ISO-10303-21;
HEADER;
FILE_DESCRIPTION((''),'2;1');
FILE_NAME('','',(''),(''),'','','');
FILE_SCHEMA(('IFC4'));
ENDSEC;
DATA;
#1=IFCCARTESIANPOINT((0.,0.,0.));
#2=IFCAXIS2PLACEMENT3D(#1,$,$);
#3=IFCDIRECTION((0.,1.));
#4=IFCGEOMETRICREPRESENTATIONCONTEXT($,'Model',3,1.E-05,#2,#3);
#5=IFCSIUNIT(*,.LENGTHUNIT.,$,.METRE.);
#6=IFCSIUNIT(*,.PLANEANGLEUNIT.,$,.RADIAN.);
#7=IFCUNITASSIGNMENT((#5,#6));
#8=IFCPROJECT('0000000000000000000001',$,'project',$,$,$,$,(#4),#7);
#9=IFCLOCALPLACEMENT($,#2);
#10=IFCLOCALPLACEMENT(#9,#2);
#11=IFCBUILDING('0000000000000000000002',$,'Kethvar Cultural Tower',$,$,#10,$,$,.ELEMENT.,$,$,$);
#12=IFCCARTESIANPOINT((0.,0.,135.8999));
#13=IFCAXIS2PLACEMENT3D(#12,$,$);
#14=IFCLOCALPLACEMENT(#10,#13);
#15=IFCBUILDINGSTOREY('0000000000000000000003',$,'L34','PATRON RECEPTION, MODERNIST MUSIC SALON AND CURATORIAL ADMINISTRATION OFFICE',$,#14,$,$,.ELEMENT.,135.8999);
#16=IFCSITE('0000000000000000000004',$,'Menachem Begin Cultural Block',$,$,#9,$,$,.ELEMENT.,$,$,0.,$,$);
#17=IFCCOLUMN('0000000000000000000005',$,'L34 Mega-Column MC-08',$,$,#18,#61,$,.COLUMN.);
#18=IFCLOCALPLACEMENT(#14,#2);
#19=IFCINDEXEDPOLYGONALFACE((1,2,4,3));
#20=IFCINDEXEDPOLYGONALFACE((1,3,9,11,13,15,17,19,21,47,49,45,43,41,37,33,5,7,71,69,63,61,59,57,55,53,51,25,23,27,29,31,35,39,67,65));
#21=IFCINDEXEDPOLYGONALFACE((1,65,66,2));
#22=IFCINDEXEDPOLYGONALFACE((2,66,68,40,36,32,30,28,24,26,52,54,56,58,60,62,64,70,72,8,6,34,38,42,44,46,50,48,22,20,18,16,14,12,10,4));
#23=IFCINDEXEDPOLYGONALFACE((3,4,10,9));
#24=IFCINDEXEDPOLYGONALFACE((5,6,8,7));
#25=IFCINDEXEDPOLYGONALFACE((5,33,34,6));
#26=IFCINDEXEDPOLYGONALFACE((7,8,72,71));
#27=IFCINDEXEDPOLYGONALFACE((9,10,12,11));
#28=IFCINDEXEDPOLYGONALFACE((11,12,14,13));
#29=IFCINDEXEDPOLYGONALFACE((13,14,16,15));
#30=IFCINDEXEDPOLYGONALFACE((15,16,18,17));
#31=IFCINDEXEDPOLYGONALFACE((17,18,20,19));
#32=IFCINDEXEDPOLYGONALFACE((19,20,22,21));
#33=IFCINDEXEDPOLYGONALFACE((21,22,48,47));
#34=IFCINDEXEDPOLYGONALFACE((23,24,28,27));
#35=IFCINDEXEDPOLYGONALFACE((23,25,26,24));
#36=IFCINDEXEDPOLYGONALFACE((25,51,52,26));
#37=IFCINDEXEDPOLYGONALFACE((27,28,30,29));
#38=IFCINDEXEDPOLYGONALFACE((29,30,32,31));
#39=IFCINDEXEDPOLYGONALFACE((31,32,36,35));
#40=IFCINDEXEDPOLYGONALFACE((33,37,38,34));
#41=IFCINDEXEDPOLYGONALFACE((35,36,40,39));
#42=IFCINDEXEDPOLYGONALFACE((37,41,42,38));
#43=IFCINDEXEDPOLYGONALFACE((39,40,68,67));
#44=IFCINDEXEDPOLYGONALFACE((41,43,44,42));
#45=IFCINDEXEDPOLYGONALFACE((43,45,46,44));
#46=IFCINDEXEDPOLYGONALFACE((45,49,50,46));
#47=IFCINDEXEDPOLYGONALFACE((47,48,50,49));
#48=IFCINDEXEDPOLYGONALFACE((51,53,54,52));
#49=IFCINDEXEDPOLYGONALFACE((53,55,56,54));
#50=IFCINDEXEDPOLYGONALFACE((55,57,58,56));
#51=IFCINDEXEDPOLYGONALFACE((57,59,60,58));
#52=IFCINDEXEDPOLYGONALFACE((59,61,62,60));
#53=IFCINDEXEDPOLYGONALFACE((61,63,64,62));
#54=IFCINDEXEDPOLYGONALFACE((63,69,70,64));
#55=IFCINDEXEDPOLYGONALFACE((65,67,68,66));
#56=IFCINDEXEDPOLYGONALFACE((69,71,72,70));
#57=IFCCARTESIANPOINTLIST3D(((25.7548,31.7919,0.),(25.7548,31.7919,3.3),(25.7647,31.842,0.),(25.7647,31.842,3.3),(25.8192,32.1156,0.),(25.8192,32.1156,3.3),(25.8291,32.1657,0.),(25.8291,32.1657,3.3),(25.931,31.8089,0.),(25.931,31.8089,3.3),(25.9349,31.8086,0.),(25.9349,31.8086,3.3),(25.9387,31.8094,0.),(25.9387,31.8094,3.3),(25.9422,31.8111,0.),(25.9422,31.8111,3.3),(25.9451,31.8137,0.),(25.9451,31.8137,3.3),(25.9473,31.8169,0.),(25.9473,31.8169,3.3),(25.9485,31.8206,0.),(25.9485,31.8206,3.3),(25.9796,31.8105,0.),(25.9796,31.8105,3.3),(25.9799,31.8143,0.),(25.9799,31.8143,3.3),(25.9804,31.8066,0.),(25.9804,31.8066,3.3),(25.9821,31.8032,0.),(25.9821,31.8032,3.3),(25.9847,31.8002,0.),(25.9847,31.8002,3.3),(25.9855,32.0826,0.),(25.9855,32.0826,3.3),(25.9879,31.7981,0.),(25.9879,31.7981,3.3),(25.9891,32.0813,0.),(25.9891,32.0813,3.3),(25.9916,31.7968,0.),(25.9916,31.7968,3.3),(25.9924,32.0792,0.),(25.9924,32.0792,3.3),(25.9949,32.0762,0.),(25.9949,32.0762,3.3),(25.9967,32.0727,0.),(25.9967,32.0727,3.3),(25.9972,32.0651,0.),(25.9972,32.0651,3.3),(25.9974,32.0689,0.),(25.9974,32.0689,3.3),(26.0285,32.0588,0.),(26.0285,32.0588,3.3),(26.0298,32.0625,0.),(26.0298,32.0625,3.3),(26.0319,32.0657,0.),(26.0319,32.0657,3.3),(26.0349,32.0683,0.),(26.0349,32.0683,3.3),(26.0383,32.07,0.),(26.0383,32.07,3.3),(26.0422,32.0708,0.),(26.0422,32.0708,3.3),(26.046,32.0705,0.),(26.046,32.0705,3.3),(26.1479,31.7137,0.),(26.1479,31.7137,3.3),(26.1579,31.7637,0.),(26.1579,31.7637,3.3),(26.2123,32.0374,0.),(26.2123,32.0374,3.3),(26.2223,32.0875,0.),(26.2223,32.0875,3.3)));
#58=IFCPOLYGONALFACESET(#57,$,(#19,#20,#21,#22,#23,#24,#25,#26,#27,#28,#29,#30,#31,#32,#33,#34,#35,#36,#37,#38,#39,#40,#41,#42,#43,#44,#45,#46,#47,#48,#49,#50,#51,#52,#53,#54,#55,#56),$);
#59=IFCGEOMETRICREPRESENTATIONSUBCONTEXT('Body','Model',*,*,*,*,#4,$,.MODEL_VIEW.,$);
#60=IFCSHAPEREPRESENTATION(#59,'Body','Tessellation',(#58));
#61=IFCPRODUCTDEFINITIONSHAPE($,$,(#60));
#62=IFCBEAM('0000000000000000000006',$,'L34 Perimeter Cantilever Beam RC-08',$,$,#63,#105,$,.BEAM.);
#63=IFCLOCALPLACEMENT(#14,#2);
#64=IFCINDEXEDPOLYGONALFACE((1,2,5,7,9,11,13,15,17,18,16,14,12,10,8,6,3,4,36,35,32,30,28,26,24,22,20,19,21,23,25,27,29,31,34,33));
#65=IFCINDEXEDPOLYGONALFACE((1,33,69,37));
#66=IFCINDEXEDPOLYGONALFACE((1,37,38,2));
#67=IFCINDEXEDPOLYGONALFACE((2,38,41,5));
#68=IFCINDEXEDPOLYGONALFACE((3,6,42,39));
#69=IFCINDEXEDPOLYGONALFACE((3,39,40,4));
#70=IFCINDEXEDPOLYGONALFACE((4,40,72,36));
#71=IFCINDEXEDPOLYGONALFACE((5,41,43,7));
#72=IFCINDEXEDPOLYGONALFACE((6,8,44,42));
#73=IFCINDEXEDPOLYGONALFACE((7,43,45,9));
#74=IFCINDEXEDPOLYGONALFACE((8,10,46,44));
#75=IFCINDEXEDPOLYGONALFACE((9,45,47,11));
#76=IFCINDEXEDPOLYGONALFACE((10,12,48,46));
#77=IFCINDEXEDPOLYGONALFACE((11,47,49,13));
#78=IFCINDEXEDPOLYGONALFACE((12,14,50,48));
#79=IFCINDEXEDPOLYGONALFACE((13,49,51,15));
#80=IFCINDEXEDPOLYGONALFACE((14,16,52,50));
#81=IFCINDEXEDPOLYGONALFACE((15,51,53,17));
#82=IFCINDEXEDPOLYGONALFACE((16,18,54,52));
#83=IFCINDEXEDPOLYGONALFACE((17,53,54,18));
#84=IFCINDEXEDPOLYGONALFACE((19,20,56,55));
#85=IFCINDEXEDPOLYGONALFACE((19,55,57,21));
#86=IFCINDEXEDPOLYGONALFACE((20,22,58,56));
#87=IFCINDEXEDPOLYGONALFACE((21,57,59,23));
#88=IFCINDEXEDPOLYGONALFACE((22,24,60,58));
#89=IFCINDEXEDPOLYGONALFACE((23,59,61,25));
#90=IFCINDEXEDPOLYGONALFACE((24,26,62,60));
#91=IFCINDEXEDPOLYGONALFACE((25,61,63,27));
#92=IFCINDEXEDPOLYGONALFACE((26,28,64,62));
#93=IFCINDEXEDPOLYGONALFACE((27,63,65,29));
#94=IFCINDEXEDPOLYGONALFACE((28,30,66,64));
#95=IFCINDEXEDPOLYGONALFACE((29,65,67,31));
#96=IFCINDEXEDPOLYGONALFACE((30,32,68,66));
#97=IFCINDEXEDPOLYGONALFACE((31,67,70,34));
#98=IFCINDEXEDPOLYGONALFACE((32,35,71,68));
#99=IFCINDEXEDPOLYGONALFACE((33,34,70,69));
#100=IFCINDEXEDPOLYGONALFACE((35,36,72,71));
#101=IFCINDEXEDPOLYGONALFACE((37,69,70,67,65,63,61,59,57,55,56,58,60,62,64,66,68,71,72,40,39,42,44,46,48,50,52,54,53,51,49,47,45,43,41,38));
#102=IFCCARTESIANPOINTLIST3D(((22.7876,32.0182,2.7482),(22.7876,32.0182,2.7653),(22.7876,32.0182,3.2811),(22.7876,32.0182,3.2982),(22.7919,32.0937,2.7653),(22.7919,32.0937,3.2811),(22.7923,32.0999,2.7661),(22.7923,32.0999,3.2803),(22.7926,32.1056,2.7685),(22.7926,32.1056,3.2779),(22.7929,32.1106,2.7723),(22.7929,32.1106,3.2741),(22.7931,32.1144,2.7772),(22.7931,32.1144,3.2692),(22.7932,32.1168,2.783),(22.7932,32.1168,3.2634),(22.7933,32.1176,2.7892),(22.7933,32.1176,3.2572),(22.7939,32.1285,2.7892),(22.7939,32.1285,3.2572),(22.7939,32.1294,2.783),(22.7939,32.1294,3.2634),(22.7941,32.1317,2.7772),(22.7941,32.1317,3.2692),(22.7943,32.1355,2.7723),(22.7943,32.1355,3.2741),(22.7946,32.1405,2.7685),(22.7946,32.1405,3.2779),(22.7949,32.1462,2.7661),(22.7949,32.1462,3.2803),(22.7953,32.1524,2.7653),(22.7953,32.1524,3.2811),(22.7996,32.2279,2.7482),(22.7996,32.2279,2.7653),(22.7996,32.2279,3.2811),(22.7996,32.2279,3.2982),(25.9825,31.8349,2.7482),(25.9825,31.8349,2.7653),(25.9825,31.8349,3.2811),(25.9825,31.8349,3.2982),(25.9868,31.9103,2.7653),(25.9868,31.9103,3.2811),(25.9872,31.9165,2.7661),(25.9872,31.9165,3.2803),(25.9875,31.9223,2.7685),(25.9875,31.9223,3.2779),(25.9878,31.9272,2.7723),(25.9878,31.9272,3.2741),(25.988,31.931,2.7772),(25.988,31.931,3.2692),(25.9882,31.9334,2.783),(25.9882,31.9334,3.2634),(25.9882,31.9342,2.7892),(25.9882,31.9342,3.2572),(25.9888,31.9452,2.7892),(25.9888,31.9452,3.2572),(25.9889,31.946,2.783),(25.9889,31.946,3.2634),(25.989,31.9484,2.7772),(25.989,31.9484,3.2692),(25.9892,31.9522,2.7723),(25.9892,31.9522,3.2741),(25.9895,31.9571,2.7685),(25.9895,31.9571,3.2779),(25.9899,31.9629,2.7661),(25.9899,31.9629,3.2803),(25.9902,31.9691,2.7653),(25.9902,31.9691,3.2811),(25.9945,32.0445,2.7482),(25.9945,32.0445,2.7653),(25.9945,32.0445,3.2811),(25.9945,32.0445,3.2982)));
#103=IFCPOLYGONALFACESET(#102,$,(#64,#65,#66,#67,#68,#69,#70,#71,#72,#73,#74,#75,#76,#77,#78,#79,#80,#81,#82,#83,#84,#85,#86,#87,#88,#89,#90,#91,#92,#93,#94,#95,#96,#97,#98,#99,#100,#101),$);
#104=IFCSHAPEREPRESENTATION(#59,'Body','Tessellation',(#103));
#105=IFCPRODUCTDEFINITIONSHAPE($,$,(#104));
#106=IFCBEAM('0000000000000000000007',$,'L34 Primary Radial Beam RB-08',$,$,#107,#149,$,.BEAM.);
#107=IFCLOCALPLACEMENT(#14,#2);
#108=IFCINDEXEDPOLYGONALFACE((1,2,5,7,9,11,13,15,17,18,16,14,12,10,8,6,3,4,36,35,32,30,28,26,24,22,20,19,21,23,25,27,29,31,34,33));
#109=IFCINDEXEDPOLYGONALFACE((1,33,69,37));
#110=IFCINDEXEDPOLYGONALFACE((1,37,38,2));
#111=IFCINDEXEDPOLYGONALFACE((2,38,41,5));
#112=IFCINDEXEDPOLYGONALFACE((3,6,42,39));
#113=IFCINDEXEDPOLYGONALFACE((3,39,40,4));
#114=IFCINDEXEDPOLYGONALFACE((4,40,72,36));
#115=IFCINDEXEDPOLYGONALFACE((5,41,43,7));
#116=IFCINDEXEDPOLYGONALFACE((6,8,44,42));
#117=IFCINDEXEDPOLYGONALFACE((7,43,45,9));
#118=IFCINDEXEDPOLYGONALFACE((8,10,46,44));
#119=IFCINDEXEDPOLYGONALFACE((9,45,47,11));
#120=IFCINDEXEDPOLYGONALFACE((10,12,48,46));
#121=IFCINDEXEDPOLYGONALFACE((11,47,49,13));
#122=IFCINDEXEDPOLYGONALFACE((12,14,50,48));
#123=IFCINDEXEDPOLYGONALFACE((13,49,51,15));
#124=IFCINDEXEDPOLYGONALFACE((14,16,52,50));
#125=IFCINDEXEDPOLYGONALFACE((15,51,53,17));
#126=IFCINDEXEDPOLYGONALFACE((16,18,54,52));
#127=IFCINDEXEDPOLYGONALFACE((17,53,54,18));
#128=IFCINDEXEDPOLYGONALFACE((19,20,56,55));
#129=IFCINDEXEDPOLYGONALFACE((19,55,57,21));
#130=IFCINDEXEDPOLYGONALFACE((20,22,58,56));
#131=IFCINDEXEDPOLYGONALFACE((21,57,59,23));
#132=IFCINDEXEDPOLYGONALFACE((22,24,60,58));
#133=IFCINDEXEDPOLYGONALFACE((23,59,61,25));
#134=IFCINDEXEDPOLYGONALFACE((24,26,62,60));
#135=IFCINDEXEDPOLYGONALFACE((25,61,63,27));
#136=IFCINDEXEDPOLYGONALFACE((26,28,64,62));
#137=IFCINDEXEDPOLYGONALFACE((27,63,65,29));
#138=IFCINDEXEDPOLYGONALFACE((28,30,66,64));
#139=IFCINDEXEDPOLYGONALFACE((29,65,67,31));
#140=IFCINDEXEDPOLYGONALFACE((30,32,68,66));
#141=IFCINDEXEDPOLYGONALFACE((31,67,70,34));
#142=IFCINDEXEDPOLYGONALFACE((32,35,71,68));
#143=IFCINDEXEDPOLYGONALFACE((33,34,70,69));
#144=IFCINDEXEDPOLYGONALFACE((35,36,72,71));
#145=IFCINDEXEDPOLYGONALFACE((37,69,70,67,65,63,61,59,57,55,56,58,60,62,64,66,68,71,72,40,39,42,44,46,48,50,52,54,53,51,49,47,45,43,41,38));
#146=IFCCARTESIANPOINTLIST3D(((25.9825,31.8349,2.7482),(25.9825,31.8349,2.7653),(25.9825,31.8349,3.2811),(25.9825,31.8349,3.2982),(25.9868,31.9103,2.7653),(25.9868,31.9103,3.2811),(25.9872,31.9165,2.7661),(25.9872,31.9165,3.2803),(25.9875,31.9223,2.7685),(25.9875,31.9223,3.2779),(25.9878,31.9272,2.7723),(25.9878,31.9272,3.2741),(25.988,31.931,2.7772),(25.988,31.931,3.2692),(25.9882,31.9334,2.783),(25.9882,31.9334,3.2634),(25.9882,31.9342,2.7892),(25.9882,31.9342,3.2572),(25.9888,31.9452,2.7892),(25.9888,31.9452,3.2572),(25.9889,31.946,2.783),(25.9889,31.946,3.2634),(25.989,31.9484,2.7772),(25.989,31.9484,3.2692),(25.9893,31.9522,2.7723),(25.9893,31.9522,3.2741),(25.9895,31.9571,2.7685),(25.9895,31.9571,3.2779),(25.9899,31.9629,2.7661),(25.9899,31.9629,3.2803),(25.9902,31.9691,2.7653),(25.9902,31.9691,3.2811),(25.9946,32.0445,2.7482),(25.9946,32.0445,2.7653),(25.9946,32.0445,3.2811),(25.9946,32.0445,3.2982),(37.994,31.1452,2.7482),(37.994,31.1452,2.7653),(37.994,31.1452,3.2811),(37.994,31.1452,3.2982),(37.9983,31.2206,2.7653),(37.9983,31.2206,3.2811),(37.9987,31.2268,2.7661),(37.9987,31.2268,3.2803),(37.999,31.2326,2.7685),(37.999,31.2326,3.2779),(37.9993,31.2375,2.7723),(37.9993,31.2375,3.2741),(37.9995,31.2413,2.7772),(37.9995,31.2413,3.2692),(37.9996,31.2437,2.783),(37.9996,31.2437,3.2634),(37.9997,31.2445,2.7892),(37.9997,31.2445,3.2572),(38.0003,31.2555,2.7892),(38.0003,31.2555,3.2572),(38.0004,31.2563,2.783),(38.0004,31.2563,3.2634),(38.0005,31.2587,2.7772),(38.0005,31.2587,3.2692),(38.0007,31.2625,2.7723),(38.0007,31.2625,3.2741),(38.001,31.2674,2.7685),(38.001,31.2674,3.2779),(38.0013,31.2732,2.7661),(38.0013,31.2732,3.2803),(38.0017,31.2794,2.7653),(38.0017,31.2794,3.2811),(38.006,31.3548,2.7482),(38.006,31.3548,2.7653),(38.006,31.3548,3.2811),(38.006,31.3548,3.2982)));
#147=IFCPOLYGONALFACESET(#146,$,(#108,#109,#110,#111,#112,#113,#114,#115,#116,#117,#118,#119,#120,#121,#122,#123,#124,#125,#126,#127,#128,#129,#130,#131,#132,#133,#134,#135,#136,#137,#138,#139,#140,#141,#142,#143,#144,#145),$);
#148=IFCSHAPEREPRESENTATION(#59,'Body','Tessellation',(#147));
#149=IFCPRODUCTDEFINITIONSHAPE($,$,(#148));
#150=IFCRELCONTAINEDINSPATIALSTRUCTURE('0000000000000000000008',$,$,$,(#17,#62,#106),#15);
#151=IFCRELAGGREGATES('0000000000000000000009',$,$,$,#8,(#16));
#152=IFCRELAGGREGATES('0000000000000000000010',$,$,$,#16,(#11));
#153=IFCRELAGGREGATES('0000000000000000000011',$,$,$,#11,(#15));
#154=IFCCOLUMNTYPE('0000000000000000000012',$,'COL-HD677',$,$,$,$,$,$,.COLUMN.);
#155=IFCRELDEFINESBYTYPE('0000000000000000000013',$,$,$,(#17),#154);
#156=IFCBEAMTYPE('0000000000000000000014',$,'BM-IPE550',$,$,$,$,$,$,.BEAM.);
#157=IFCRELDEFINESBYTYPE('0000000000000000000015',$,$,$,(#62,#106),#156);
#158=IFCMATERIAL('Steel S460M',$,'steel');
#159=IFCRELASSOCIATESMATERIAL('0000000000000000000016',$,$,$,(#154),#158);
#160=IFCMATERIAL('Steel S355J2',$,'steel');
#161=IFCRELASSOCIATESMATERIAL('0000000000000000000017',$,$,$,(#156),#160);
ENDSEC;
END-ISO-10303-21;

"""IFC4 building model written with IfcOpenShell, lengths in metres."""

from ifc_helpers import new_model, si_unit, direction, frame, origin, origin_2d, place, context, subcontext, project, spatial, i_section, extrude, source, transform, mapped, material, material_profile, profile_set, type_object, element, save


model = new_model("IFC4")

# Units and contexts
model_context = context("Model", 3, precision=1e-05, world=origin(), true_north=direction((0.0, 1.0)))
body_context = subcontext(model_context, "Body", "Model", "MODEL_VIEW")
ifc_project = project(units=[si_unit("LENGTHUNIT", "METRE"), si_unit("PLANEANGLEUNIT", "RADIAN")], contexts=[model_context])

# Site, building, storey
site_placement = place(None, origin())
site = spatial("IfcSite", under=ifc_project, at=site_placement, Name="Menachem Begin Cultural Block", CompositionType="ELEMENT", RefElevation=0.0)
building_placement = place(site_placement, origin())
building = spatial("IfcBuilding", under=site, at=building_placement, Name="Kethvar Cultural Tower", CompositionType="ELEMENT")
storey_placement = place(building_placement, frame((0.0, 0.0, 135.8999)))
storey = spatial("IfcBuildingStorey", under=building, at=storey_placement, Name="L34", Description="PATRON RECEPTION, MODERNIST MUSIC SALON AND CURATORIAL ADMINISTRATION OFFICE", CompositionType="ELEMENT", Elevation=135.8999)

# Column
ifc_material_1 = material(Name="Steel S460M", Category="steel")
ifc_material_profile_1 = material_profile(ifc_material_1, i_section(OverallWidth=0.4009, OverallDepth=0.3811, WebThickness=0.032, FlangeThickness=0.051, FilletRadius=0.0149, at=origin_2d()), Name="Steel S460M — HD400x677")
ifc_profile_set_1 = profile_set([ifc_material_profile_1], Name="Steel S460M — HD400x677")
column_type = type_object("IfcColumnType", Name="COL-HD677", PredefinedType="COLUMN", material=ifc_profile_set_1)
shared_shape_1 = source(origin(), body_context, "Body", "SweptSolid", [
    extrude(i_section(OverallWidth=0.4009, OverallDepth=0.3811, WebThickness=0.032, FlangeThickness=0.051, FilletRadius=0.0149, at=origin_2d()), origin(), (0.0, 0.0, 1.0), 3.3),
])
column_placement = place(storey_placement, frame((25.9885, 31.9397, 0.0), z_axis=(0.0, 0.0, 1.0), x_axis=(-0.980785, 0.19509, 0.0)))
element("IfcColumn", 1, at=column_placement, inside=storey, type_object=column_type, Name="L34 Mega-Column MC-08", PredefinedType="COLUMN", context=body_context, shape_type="MappedRepresentation", body=[
    mapped(shared_shape_1, transform((0.0, 0.0, 0.0), scale=1.0)),
])

# Beams
ifc_material_2 = material(Name="Steel S355J2", Category="steel")
ifc_material_profile_2 = material_profile(ifc_material_2, i_section(OverallWidth=0.21, OverallDepth=0.55, WebThickness=0.011, FlangeThickness=0.0171, FilletRadius=0.0239, at=origin_2d()), Name="Steel S355J2 — IPE550")
ifc_profile_set_2 = profile_set([ifc_material_profile_2], Name="Steel S355J2 — IPE550")
beam_type_1 = type_object("IfcBeamType", Name="BM-IPE550", PredefinedType="BEAM", material=ifc_profile_set_2)
shared_shape_2 = source(origin(), body_context, "Body", "SweptSolid", [
    extrude(i_section(OverallWidth=0.21, OverallDepth=0.55, WebThickness=0.011, FlangeThickness=0.0171, FilletRadius=0.0239, at=origin_2d()), origin(), (0.0, 0.0, 1.0), 3.2002),
])
beam_1_placement = place(storey_placement, frame((25.9885, 31.9397, 3.0232), z_axis=(-0.998357, 0.057295, 0.0), x_axis=(-0.057295, -0.998357, 0.0)))
element("IfcBeam", 2, at=beam_1_placement, inside=storey, type_object=beam_type_1, Name="L34 Perimeter Cantilever Beam RC-08", PredefinedType="BEAM", context=body_context, shape_type="MappedRepresentation", body=[
    mapped(shared_shape_2, transform((0.0, 0.0, 0.0), scale=1.0)),
])
shared_shape_3 = source(origin(), body_context, "Body", "SweptSolid", [
    extrude(i_section(OverallWidth=0.21, OverallDepth=0.55, WebThickness=0.011, FlangeThickness=0.0171, FilletRadius=0.0239, at=origin_2d()), origin(), (0.0, 0.0, 1.0), 12.0312),
])
beam_2_placement = place(storey_placement, frame((38.0, 31.25, 3.0232), z_axis=(-0.998356, 0.057325, 0.0), x_axis=(-0.057325, -0.998356, 0.0)))
element("IfcBeam", 3, at=beam_2_placement, inside=storey, type_object=beam_type_1, Name="L34 Primary Radial Beam RB-08", PredefinedType="BEAM", context=body_context, shape_type="MappedRepresentation", body=[
    mapped(shared_shape_3, transform((0.0, 0.0, 0.0), scale=1.0)),
])

save(model, "model.ifc")
